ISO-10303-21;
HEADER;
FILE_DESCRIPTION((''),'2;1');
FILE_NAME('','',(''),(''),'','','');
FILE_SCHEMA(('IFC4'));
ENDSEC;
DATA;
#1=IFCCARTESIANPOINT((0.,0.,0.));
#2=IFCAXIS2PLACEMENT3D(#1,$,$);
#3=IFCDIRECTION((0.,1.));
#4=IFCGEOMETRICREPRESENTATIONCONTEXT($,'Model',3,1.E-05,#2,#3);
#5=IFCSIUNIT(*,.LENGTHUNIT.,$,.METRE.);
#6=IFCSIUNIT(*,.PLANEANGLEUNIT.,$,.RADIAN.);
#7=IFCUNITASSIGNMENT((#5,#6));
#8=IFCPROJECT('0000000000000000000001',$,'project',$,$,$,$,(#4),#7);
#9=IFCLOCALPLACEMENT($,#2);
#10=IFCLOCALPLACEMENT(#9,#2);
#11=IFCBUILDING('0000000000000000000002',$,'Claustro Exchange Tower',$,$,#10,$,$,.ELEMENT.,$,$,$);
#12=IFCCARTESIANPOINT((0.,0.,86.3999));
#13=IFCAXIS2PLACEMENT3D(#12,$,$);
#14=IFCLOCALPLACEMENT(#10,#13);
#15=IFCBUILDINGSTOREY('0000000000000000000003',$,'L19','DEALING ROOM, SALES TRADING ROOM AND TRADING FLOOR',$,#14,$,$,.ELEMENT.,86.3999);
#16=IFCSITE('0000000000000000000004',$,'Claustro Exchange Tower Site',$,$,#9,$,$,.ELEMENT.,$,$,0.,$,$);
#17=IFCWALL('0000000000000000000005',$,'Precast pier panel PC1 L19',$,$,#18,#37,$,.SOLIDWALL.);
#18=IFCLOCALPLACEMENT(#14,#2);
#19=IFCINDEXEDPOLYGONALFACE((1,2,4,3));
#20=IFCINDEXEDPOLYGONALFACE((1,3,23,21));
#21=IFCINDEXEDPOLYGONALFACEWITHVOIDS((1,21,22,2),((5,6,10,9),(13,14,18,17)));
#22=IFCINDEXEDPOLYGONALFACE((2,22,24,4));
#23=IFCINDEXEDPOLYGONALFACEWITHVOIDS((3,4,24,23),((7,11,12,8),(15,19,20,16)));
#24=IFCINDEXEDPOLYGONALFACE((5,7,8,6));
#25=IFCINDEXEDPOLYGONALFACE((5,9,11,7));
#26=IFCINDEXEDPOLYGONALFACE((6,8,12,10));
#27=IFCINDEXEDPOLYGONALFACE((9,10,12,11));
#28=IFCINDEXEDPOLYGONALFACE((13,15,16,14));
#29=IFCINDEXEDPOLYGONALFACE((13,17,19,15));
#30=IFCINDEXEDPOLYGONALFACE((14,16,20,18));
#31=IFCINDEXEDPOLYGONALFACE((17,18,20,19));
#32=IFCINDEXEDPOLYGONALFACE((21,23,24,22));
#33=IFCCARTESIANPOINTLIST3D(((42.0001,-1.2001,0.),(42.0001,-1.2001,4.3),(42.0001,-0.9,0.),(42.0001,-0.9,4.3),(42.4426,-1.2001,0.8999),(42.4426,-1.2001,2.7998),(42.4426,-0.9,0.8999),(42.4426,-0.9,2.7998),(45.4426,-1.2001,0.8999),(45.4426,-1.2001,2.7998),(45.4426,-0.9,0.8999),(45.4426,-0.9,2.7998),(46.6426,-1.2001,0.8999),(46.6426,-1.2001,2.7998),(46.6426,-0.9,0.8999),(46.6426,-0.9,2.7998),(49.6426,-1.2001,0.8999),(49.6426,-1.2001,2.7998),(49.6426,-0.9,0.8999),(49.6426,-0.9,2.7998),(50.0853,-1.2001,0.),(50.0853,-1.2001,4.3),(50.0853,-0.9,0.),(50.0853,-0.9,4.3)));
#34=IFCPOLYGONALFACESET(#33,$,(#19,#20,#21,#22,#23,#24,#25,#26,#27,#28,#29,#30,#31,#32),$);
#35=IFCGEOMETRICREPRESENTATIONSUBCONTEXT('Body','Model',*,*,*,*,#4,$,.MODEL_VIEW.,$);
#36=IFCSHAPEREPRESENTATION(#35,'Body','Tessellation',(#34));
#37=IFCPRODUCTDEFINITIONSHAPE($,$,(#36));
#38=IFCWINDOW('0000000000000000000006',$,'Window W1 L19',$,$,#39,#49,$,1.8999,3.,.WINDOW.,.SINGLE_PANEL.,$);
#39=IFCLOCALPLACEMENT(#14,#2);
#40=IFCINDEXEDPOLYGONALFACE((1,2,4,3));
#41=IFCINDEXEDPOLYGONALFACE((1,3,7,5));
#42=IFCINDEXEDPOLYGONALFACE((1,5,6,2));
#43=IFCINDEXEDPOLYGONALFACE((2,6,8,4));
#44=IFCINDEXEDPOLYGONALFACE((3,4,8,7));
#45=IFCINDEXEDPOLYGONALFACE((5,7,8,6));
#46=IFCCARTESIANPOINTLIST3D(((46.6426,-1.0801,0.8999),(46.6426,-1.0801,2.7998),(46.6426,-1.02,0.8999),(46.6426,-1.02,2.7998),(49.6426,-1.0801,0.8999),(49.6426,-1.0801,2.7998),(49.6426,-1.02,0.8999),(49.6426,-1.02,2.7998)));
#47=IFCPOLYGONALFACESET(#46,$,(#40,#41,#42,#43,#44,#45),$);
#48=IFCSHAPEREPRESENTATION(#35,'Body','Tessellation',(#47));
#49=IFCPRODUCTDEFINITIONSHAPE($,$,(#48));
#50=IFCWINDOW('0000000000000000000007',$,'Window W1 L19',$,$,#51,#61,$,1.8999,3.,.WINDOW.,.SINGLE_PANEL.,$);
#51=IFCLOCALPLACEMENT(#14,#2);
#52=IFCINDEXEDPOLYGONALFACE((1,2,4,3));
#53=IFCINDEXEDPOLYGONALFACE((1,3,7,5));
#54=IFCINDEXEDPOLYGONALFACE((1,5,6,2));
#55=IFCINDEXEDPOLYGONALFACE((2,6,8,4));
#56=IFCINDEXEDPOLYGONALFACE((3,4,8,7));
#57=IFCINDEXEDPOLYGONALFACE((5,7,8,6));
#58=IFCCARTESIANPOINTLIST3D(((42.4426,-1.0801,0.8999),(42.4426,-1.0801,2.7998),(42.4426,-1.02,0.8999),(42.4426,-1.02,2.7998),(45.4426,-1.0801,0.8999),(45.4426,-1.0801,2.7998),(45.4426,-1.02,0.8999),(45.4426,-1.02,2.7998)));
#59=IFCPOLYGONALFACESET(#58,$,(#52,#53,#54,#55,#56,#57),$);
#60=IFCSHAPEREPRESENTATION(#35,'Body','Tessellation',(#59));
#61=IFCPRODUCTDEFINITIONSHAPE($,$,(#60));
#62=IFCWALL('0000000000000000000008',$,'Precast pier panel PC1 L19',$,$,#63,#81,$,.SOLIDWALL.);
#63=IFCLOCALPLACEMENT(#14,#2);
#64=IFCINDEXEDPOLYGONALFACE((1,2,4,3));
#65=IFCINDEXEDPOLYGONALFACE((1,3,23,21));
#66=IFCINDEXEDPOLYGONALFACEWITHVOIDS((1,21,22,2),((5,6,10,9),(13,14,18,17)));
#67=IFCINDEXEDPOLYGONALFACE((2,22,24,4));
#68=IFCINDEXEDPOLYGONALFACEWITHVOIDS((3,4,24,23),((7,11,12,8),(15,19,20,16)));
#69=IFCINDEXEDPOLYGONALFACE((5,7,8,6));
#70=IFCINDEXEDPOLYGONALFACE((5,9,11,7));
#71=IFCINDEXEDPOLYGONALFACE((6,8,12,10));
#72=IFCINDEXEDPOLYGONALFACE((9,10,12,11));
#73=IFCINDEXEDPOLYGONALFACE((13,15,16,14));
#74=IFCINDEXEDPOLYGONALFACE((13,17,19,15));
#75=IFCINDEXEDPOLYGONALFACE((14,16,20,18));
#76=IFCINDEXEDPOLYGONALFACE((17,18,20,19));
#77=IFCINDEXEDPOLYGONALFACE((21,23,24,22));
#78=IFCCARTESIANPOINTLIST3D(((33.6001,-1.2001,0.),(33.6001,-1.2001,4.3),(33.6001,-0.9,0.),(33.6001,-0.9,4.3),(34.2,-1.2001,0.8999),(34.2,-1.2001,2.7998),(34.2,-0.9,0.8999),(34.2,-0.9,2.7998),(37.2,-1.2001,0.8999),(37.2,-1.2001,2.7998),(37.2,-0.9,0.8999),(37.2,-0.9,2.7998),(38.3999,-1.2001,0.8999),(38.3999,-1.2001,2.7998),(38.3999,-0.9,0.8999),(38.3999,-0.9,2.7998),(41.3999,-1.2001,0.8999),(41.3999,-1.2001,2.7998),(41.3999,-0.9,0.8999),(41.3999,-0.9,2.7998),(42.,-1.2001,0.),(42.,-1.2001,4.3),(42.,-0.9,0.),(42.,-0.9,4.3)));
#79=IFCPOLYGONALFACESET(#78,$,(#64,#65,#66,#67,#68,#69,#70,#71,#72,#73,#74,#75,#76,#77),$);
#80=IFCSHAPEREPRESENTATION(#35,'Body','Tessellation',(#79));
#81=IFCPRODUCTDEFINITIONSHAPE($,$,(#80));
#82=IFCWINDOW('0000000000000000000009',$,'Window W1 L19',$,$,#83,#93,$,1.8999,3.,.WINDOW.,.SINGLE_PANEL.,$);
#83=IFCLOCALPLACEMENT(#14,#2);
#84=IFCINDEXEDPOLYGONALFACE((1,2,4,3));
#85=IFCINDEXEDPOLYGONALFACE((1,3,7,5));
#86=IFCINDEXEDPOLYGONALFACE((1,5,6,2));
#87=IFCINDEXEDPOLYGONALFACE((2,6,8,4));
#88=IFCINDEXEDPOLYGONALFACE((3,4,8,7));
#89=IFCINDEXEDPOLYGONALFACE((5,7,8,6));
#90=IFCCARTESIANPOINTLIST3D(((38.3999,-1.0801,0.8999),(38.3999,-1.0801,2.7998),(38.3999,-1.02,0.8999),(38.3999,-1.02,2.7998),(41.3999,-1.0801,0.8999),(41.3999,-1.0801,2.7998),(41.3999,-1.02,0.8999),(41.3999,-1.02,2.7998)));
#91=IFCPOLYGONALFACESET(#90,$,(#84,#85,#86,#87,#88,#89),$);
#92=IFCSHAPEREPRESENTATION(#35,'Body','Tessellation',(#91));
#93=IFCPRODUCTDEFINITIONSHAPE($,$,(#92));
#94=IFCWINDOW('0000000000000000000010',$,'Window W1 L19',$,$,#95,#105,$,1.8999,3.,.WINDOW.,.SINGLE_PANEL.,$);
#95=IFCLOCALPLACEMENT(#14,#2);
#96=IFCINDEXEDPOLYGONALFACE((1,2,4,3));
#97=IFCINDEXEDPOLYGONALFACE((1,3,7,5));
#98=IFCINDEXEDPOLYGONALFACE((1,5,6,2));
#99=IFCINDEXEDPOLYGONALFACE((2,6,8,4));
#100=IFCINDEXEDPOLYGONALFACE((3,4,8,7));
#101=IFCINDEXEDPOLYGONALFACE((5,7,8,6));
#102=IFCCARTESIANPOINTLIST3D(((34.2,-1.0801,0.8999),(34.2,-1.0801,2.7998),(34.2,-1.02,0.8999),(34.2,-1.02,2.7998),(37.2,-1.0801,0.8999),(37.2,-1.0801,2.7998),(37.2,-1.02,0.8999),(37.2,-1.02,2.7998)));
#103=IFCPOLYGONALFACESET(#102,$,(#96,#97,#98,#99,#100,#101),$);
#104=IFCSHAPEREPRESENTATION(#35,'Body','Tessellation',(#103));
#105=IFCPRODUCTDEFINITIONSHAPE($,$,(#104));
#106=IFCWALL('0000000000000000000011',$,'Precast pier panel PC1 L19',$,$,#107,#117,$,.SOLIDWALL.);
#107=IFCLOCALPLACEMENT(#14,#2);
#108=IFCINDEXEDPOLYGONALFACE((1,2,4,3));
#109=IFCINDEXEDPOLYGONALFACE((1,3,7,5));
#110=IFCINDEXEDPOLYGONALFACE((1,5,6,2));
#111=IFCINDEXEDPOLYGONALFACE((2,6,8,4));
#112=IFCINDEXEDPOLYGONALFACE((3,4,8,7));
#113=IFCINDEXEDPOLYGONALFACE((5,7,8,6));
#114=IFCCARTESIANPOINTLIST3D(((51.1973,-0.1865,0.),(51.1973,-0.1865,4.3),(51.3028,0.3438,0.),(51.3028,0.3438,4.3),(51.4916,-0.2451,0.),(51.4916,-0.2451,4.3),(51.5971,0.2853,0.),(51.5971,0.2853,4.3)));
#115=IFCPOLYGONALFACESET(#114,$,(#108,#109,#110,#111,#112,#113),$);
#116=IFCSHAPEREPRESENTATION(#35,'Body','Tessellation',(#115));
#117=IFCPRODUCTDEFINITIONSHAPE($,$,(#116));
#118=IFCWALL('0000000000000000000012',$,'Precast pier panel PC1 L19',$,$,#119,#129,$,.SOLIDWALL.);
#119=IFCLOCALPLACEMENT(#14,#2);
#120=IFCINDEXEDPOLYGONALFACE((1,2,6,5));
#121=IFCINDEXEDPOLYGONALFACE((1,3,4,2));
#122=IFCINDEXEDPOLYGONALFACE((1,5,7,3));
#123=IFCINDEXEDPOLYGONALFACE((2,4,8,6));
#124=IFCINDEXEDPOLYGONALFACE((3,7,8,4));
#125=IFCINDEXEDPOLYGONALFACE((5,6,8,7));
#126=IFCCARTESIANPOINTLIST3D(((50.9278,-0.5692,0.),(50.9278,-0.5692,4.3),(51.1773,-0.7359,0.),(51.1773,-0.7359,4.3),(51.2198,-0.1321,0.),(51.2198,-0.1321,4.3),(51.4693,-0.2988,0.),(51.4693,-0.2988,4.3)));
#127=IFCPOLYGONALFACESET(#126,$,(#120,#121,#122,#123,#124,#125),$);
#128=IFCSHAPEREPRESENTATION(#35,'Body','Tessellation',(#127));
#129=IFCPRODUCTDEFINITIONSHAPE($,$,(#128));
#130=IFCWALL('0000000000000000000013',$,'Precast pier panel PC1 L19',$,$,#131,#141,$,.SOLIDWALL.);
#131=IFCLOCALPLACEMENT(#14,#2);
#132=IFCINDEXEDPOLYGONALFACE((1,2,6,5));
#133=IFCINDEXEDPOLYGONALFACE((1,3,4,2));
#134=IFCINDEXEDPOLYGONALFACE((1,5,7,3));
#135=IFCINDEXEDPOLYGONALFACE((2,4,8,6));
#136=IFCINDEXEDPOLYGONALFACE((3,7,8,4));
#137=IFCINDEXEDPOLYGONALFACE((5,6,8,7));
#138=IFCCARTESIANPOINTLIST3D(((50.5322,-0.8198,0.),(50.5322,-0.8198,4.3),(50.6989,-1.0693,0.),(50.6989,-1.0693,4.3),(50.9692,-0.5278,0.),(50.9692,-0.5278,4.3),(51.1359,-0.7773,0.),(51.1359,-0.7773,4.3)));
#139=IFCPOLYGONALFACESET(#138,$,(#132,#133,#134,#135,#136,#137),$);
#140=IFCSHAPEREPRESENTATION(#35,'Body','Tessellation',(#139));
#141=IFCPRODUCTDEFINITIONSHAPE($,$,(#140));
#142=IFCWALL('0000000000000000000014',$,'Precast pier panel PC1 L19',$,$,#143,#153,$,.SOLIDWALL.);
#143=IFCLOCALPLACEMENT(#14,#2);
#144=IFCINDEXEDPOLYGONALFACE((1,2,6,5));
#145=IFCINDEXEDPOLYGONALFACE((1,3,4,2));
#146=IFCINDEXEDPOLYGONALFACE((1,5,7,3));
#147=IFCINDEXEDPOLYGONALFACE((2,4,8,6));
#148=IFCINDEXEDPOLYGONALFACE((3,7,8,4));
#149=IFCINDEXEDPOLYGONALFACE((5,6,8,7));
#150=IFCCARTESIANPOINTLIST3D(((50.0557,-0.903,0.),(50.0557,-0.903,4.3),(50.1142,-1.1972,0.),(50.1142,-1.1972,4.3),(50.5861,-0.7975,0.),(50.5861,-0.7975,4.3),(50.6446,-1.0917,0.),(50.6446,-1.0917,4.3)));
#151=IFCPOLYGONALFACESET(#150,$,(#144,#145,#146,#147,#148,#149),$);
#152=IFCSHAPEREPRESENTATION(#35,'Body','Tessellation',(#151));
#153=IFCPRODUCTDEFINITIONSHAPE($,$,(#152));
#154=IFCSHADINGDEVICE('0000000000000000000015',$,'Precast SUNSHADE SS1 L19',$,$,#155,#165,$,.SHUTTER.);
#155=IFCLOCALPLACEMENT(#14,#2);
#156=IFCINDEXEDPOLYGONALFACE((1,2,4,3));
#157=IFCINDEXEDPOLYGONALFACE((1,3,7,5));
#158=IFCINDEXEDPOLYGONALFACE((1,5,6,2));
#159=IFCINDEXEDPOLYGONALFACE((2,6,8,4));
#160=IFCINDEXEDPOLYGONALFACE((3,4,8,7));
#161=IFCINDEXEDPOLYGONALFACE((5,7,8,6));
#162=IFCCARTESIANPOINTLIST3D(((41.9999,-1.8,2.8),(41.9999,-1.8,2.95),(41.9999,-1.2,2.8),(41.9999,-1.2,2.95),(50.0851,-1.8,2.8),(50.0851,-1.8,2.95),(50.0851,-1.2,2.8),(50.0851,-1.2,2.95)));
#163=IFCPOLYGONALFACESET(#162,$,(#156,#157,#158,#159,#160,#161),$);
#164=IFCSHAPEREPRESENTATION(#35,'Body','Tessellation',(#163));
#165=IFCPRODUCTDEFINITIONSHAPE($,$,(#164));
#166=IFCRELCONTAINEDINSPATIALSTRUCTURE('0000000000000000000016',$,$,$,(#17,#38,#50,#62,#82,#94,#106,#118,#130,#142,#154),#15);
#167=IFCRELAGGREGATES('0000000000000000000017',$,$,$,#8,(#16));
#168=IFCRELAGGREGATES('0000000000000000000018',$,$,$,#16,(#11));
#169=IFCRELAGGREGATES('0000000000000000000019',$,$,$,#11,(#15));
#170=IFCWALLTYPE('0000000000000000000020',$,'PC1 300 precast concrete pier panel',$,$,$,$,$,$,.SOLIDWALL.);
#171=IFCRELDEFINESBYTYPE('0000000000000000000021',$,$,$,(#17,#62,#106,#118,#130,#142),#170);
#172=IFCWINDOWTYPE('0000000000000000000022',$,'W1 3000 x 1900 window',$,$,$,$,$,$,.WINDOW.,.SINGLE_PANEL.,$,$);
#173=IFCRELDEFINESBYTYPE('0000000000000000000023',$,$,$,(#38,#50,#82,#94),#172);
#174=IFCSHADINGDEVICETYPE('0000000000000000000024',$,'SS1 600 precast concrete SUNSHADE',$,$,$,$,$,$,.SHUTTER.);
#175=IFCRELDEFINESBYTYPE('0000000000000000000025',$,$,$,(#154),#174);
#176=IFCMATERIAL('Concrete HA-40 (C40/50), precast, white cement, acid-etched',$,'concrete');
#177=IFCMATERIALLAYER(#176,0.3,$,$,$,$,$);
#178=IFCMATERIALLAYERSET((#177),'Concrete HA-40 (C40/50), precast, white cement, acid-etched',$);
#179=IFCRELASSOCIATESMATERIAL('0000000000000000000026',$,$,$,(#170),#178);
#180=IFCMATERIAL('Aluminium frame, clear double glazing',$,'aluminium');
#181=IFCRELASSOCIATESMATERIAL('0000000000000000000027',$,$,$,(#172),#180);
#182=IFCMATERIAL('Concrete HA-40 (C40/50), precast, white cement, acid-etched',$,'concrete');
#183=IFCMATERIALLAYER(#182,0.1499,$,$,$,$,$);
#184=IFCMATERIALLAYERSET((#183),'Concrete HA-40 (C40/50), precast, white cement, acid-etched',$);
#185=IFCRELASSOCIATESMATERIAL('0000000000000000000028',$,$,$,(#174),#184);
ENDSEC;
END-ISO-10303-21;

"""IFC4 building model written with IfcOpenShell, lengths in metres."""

from ifc_helpers import new_model, si_unit, direction, frame, frame_2d, origin, origin_2d, place, context, subcontext, project, spatial, rectangle, extrude, material, layer, layer_set, type_object, element, fill, save


model = new_model("IFC4")

# Units and contexts
model_context = context("Model", 3, precision=1e-05, world=origin(), true_north=direction((0.0, 1.0)))
body_context = subcontext(model_context, "Body", "Model", "MODEL_VIEW")
ifc_project = project(units=[si_unit("LENGTHUNIT", "METRE"), si_unit("PLANEANGLEUNIT", "RADIAN")], contexts=[model_context])

# Site, building, storey
site_placement = place(None, origin())
site = spatial("IfcSite", under=ifc_project, at=site_placement, Name="Claustro Exchange Tower Site", CompositionType="ELEMENT", RefElevation=0.0)
building_placement = place(site_placement, origin())
building = spatial("IfcBuilding", under=site, at=building_placement, Name="Claustro Exchange Tower", CompositionType="ELEMENT")
storey_placement = place(building_placement, frame((0.0, 0.0, 86.3999)))
storey = spatial("IfcBuildingStorey", under=building, at=storey_placement, Name="L19", Description="DEALING ROOM, SALES TRADING ROOM AND TRADING FLOOR", CompositionType="ELEMENT", Elevation=86.3999)

# Walls, openings, windows
ifc_material_1 = material(Name="Concrete HA-40 (C40/50), precast, white cement, acid-etched", Category="concrete")
ifc_layer_1 = layer(ifc_material_1, 0.3)
ifc_layer_set_1 = layer_set([ifc_layer_1], Name="Concrete HA-40 (C40/50), precast, white cement, acid-etched")
wall_type_1 = type_object("IfcWallType", Name="PC1 300 precast concrete pier panel", PredefinedType="SOLIDWALL", material=ifc_layer_set_1)
wall_1_placement = place(storey_placement, frame((50.0852, -1.05, 0.0), z_axis=(0.0, 0.0, 1.0), x_axis=(-1.0, 0.0, 0.0)))
wall_1 = element("IfcWall", 1, at=wall_1_placement, inside=storey, type_object=wall_type_1, Name="Precast pier panel PC1 L19", PredefinedType="SOLIDWALL", context=body_context, shape_type="SweptSolid", body=[
    extrude(rectangle(XDim=8.0852, YDim=0.3, at=frame_2d((4.0425, 0.0))), origin(), (0.0, 0.0, 1.0), 4.3),
])
opening_1_placement = place(wall_1_placement, frame((0.4426, 0.0, 0.8999)))
opening_1 = element("IfcOpeningElement", 2, at=opening_1_placement, cuts=wall_1, PredefinedType="OPENING", context=body_context, shape_type="SweptSolid", body=[
    extrude(rectangle(XDim=3.0, YDim=1.8999, at=frame_2d((1.5, 0.95))), frame((0.0, 0.1599, 0.0), z_axis=(0.0, -1.0, 0.0), x_axis=(1.0, 0.0, 0.0)), (0.0, 0.0, 1.0), 0.3201),
])
opening_2_placement = place(wall_1_placement, frame((4.6426, 0.0, 0.8999)))
opening_2 = element("IfcOpeningElement", 3, at=opening_2_placement, cuts=wall_1, PredefinedType="OPENING", context=body_context, shape_type="SweptSolid", body=[
    extrude(rectangle(XDim=3.0, YDim=1.8999, at=frame_2d((1.5, 0.95))), frame((0.0, 0.1599, 0.0), z_axis=(0.0, -1.0, 0.0), x_axis=(1.0, 0.0, 0.0)), (0.0, 0.0, 1.0), 0.3201),
])
ifc_material_2 = material(Name="Aluminium frame, clear double glazing", Category="aluminium")
window_type = type_object("IfcWindowType", Name="W1 3000 x 1900 window", PartitioningType="SINGLE_PANEL", PredefinedType="WINDOW", material=ifc_material_2)
window_1_placement = place(opening_1_placement, origin())
window_1 = element("IfcWindow", 4, at=window_1_placement, inside=storey, type_object=window_type, Name="Window W1 L19", OverallHeight=1.8999, OverallWidth=3.0, PartitioningType="SINGLE_PANEL", PredefinedType="WINDOW", context=body_context, shape_type="SweptSolid", body=[
    extrude(rectangle(XDim=3.0, YDim=1.8999, at=frame_2d((1.5, 0.95))), frame((0.0, 0.03, 0.0), z_axis=(0.0, -1.0, 0.0), x_axis=(1.0, 0.0, 0.0)), (0.0, 0.0, 1.0), 0.0601),
])
fill(opening_1, window_1)
window_2_placement = place(opening_2_placement, origin())
window_2 = element("IfcWindow", 5, at=window_2_placement, inside=storey, type_object=window_type, Name="Window W1 L19", OverallHeight=1.8999, OverallWidth=3.0, PartitioningType="SINGLE_PANEL", PredefinedType="WINDOW", context=body_context, shape_type="SweptSolid", body=[
    extrude(rectangle(XDim=3.0, YDim=1.8999, at=frame_2d((1.5, 0.95))), frame((0.0, 0.03, 0.0), z_axis=(0.0, -1.0, 0.0), x_axis=(1.0, 0.0, 0.0)), (0.0, 0.0, 1.0), 0.0601),
])
fill(opening_2, window_2)
wall_2_placement = place(storey_placement, frame((42.0, -1.05, 0.0), z_axis=(0.0, 0.0, 1.0), x_axis=(-1.0, 0.0, 0.0)))
wall_2 = element("IfcWall", 6, at=wall_2_placement, inside=storey, type_object=wall_type_1, Name="Precast pier panel PC1 L19", PredefinedType="SOLIDWALL", context=body_context, shape_type="SweptSolid", body=[
    extrude(rectangle(XDim=8.3999, YDim=0.3, at=frame_2d((4.2, 0.0))), origin(), (0.0, 0.0, 1.0), 4.3),
])
opening_3_placement = place(wall_2_placement, frame((0.6001, 0.0, 0.8999)))
opening_3 = element("IfcOpeningElement", 7, at=opening_3_placement, cuts=wall_2, PredefinedType="OPENING", context=body_context, shape_type="SweptSolid", body=[
    extrude(rectangle(XDim=3.0, YDim=1.8999, at=frame_2d((1.5, 0.95))), frame((0.0, 0.1599, 0.0), z_axis=(0.0, -1.0, 0.0), x_axis=(1.0, 0.0, 0.0)), (0.0, 0.0, 1.0), 0.3201),
])
opening_4_placement = place(wall_2_placement, frame((4.8, 0.0, 0.8999)))
opening_4 = element("IfcOpeningElement", 8, at=opening_4_placement, cuts=wall_2, PredefinedType="OPENING", context=body_context, shape_type="SweptSolid", body=[
    extrude(rectangle(XDim=3.0, YDim=1.8999, at=frame_2d((1.5, 0.95))), frame((0.0, 0.1599, 0.0), z_axis=(0.0, -1.0, 0.0), x_axis=(1.0, 0.0, 0.0)), (0.0, 0.0, 1.0), 0.3201),
])
window_3_placement = place(opening_3_placement, origin())
window_3 = element("IfcWindow", 9, at=window_3_placement, inside=storey, type_object=window_type, Name="Window W1 L19", OverallHeight=1.8999, OverallWidth=3.0, PartitioningType="SINGLE_PANEL", PredefinedType="WINDOW", context=body_context, shape_type="SweptSolid", body=[
    extrude(rectangle(XDim=3.0, YDim=1.8999, at=frame_2d((1.5, 0.95))), frame((0.0, 0.03, 0.0), z_axis=(0.0, -1.0, 0.0), x_axis=(1.0, 0.0, 0.0)), (0.0, 0.0, 1.0), 0.0601),
])
fill(opening_3, window_3)
window_4_placement = place(opening_4_placement, origin())
window_4 = element("IfcWindow", 10, at=window_4_placement, inside=storey, type_object=window_type, Name="Window W1 L19", OverallHeight=1.8999, OverallWidth=3.0, PartitioningType="SINGLE_PANEL", PredefinedType="WINDOW", context=body_context, shape_type="SweptSolid", body=[
    extrude(rectangle(XDim=3.0, YDim=1.8999, at=frame_2d((1.5, 0.95))), frame((0.0, 0.03, 0.0), z_axis=(0.0, -1.0, 0.0), x_axis=(1.0, 0.0, 0.0)), (0.0, 0.0, 1.0), 0.0601),
])
fill(opening_4, window_4)

# Walls
wall_3_placement = place(storey_placement, frame((51.45, 0.3147, 0.0), z_axis=(0.0, 0.0, 1.0), x_axis=(-0.195074, -0.980789, 0.0)))
element("IfcWall", 11, at=wall_3_placement, inside=storey, type_object=wall_type_1, Name="Precast pier panel PC1 L19", PredefinedType="SOLIDWALL", context=body_context, shape_type="SweptSolid", body=[
    extrude(rectangle(XDim=0.5408, YDim=0.3, at=frame_2d((0.2705, 0.0))), origin(), (0.0, 0.0, 1.0), 4.3),
])
for number, where, z_axis, x_axis, name in (
    (12, (51.3445, -0.2156, 0.0), (0.0, 0.0, 1.0), (-0.555557, -0.831478, 0.0), "Precast pier panel PC1 L19"),
    (13, (51.0525, -0.6526, 0.0), (0.0, 0.0, 1.0), (-0.831478, -0.555557, 0.0), "Precast pier panel PC1 L19"),
):
    element("IfcWall", number, at=place(storey_placement, frame(where, z_axis=z_axis, x_axis=x_axis)), inside=storey, type_object=wall_type_1, Name=name, PredefinedType="SOLIDWALL", context=body_context, shape_type="SweptSolid", body=[
        extrude(rectangle(XDim=0.5256, YDim=0.3, at=frame_2d((0.2627, 0.0))), origin(), (0.0, 0.0, 1.0), 4.3),
    ])
wall_4_placement = place(storey_placement, frame((50.6155, -0.9446, 0.0), z_axis=(0.0, 0.0, 1.0), x_axis=(-0.980789, -0.195074, 0.0)))
element("IfcWall", 14, at=wall_4_placement, inside=storey, type_object=wall_type_1, Name="Precast pier panel PC1 L19", PredefinedType="SOLIDWALL", context=body_context, shape_type="SweptSolid", body=[
    extrude(rectangle(XDim=0.5408, YDim=0.3, at=frame_2d((0.2705, 0.0))), origin(), (0.0, 0.0, 1.0), 4.3),
])

# Shading device
ifc_material_3 = material(Name="Concrete HA-40 (C40/50), precast, white cement, acid-etched", Category="concrete")
ifc_layer_2 = layer(ifc_material_3, 0.1499)
ifc_layer_set_2 = layer_set([ifc_layer_2], Name="Concrete HA-40 (C40/50), precast, white cement, acid-etched")
shading_device_type = type_object("IfcShadingDeviceType", Name="SS1 600 precast concrete SUNSHADE", PredefinedType="SHUTTER", material=ifc_layer_set_2)
shading_device_placement = place(storey_placement, frame((46.0425, -1.5, 2.8), z_axis=(0.0, 0.0, 1.0), x_axis=(-1.0, 0.0, 0.0)))
element("IfcShadingDevice", 15, at=shading_device_placement, inside=storey, type_object=shading_device_type, Name="Precast SUNSHADE SS1 L19", PredefinedType="SHUTTER", context=body_context, shape_type="SweptSolid", body=[
    extrude(rectangle(XDim=8.0852, YDim=0.6001, at=origin_2d()), origin(), (0.0, 0.0, 1.0), 0.1499),
])

save(model, "model.ifc")
